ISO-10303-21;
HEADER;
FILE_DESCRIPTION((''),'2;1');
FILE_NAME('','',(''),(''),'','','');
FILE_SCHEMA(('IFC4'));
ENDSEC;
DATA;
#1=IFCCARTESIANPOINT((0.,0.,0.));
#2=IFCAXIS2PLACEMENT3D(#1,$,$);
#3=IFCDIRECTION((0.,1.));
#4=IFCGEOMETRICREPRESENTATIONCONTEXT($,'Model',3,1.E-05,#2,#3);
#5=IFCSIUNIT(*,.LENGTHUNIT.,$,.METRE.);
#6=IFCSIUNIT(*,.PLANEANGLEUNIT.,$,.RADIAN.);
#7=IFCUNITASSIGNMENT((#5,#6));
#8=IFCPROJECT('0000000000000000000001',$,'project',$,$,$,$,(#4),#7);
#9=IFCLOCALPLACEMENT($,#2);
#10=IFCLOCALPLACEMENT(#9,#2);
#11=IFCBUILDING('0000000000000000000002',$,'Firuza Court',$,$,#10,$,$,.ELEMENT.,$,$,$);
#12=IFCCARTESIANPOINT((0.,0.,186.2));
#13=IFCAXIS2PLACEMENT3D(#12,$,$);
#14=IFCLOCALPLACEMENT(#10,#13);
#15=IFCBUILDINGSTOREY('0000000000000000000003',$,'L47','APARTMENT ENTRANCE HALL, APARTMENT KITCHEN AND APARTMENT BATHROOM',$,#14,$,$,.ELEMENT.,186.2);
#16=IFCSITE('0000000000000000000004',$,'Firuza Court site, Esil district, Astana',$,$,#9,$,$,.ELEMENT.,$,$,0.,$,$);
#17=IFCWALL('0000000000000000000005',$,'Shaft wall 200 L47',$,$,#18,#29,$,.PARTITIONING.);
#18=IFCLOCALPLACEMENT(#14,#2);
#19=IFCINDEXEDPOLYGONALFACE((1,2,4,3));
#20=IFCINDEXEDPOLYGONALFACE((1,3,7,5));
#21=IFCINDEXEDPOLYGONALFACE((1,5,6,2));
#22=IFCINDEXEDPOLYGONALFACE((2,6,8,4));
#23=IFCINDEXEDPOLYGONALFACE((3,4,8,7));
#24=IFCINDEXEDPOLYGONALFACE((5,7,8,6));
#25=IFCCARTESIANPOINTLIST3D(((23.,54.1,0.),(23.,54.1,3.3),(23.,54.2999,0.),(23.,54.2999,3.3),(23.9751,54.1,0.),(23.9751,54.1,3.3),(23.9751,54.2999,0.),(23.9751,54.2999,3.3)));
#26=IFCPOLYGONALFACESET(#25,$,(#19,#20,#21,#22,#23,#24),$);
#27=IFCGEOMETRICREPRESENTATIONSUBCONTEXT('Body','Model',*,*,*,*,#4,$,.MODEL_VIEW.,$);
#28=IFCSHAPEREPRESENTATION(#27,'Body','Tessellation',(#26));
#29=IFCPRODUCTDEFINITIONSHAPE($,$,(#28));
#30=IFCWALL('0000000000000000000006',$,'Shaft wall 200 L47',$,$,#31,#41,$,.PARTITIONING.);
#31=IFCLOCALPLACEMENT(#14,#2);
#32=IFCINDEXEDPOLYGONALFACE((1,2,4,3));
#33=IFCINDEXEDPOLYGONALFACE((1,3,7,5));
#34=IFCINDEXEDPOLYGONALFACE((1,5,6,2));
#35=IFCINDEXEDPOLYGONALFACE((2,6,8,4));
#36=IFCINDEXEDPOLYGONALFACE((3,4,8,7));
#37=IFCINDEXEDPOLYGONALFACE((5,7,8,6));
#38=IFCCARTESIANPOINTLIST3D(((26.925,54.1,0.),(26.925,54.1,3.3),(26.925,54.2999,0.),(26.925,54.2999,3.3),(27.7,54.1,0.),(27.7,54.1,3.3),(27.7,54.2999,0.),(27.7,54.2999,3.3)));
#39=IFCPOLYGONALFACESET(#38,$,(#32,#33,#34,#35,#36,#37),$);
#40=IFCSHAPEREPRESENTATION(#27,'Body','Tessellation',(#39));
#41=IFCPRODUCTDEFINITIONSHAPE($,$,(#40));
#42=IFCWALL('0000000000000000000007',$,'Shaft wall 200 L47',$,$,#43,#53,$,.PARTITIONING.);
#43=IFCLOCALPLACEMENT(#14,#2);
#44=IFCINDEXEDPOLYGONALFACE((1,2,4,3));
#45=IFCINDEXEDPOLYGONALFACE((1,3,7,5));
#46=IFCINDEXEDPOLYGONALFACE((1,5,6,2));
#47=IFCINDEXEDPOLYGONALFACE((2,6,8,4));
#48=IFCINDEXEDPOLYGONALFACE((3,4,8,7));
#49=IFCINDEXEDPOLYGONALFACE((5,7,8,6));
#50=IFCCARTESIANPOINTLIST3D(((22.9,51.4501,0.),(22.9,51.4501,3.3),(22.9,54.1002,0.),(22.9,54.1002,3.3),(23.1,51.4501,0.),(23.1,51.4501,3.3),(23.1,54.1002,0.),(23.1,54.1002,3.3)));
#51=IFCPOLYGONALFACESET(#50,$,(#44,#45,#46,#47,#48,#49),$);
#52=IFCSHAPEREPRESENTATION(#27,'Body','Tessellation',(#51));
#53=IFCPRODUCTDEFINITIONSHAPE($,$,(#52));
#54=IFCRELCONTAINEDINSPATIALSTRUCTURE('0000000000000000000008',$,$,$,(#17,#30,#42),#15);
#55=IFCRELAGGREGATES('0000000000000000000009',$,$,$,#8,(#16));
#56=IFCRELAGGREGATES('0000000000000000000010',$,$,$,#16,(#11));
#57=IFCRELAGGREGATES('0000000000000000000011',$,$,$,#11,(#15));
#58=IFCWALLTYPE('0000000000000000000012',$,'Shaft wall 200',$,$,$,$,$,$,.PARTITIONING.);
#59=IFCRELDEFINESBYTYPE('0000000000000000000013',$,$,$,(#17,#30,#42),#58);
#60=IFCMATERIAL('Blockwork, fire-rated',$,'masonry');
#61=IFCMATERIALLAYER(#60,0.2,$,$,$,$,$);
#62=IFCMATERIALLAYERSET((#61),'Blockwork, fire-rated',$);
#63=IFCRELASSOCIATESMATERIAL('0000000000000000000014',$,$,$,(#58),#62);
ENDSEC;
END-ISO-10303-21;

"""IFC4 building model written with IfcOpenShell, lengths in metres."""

from ifc_helpers import new_model, si_unit, direction, frame, frame_2d, origin, place, context, subcontext, project, spatial, rectangle, extrude, material, layer, layer_set, type_object, element, save


model = new_model("IFC4")

# Units and contexts
model_context = context("Model", 3, precision=1e-05, world=origin(), true_north=direction((0.0, 1.0)))
body_context = subcontext(model_context, "Body", "Model", "MODEL_VIEW")
ifc_project = project(units=[si_unit("LENGTHUNIT", "METRE"), si_unit("PLANEANGLEUNIT", "RADIAN")], contexts=[model_context])

# Site, building, storey
site_placement = place(None, origin())
site = spatial("IfcSite", under=ifc_project, at=site_placement, Name="Firuza Court site, Esil district, Astana", CompositionType="ELEMENT", RefElevation=0.0)
building_placement = place(site_placement, origin())
building = spatial("IfcBuilding", under=site, at=building_placement, Name="Firuza Court", CompositionType="ELEMENT")
storey_placement = place(building_placement, frame((0.0, 0.0, 186.2)))
storey = spatial("IfcBuildingStorey", under=building, at=storey_placement, Name="L47", Description="APARTMENT ENTRANCE HALL, APARTMENT KITCHEN AND APARTMENT BATHROOM", CompositionType="ELEMENT", Elevation=186.2)

# Shared definitions
ifc_material_1 = material(Name="Blockwork, fire-rated", Category="masonry")

# Shared definitions
ifc_layer_1 = layer(ifc_material_1, 0.2)
ifc_layer_set_1 = layer_set([ifc_layer_1], Name="Blockwork, fire-rated")
wall_type_1 = type_object("IfcWallType", Name="Shaft wall 200", PredefinedType="PARTITIONING", material=ifc_layer_set_1)

# Walls
wall_1_placement = place(storey_placement, frame((23.0, 54.2, 0.0), z_axis=(0.0, 0.0, 1.0), x_axis=(1.0, 0.0, 0.0)))
element("IfcWall", 1, at=wall_1_placement, inside=storey, type_object=wall_type_1, Name="Shaft wall 200 L47", PredefinedType="PARTITIONING", context=body_context, shape_type="SweptSolid", body=[
    extrude(rectangle(XDim=0.9751, YDim=0.2, at=frame_2d((0.4875, 0.0))), origin(), (0.0, 0.0, 1.0), 3.3),
])
wall_2_placement = place(storey_placement, frame((26.925, 54.2, 0.0), z_axis=(0.0, 0.0, 1.0), x_axis=(1.0, 0.0, 0.0)))
element("IfcWall", 2, at=wall_2_placement, inside=storey, type_object=wall_type_1, Name="Shaft wall 200 L47", PredefinedType="PARTITIONING", context=body_context, shape_type="SweptSolid", body=[
    extrude(rectangle(XDim=0.7749, YDim=0.2, at=frame_2d((0.3875, 0.0))), origin(), (0.0, 0.0, 1.0), 3.3),
])
wall_3_placement = place(storey_placement, frame((23.0, 51.45, 0.0), z_axis=(0.0, 0.0, 1.0), x_axis=(0.0, 1.0, 0.0)))
element("IfcWall", 3, at=wall_3_placement, inside=storey, type_object=wall_type_1, Name="Shaft wall 200 L47", PredefinedType="PARTITIONING", context=body_context, shape_type="SweptSolid", body=[
    extrude(rectangle(XDim=2.6501, YDim=0.2, at=frame_2d((1.3252, 0.0))), origin(), (0.0, 0.0, 1.0), 3.3),
])

save(model, "model.ifc")
